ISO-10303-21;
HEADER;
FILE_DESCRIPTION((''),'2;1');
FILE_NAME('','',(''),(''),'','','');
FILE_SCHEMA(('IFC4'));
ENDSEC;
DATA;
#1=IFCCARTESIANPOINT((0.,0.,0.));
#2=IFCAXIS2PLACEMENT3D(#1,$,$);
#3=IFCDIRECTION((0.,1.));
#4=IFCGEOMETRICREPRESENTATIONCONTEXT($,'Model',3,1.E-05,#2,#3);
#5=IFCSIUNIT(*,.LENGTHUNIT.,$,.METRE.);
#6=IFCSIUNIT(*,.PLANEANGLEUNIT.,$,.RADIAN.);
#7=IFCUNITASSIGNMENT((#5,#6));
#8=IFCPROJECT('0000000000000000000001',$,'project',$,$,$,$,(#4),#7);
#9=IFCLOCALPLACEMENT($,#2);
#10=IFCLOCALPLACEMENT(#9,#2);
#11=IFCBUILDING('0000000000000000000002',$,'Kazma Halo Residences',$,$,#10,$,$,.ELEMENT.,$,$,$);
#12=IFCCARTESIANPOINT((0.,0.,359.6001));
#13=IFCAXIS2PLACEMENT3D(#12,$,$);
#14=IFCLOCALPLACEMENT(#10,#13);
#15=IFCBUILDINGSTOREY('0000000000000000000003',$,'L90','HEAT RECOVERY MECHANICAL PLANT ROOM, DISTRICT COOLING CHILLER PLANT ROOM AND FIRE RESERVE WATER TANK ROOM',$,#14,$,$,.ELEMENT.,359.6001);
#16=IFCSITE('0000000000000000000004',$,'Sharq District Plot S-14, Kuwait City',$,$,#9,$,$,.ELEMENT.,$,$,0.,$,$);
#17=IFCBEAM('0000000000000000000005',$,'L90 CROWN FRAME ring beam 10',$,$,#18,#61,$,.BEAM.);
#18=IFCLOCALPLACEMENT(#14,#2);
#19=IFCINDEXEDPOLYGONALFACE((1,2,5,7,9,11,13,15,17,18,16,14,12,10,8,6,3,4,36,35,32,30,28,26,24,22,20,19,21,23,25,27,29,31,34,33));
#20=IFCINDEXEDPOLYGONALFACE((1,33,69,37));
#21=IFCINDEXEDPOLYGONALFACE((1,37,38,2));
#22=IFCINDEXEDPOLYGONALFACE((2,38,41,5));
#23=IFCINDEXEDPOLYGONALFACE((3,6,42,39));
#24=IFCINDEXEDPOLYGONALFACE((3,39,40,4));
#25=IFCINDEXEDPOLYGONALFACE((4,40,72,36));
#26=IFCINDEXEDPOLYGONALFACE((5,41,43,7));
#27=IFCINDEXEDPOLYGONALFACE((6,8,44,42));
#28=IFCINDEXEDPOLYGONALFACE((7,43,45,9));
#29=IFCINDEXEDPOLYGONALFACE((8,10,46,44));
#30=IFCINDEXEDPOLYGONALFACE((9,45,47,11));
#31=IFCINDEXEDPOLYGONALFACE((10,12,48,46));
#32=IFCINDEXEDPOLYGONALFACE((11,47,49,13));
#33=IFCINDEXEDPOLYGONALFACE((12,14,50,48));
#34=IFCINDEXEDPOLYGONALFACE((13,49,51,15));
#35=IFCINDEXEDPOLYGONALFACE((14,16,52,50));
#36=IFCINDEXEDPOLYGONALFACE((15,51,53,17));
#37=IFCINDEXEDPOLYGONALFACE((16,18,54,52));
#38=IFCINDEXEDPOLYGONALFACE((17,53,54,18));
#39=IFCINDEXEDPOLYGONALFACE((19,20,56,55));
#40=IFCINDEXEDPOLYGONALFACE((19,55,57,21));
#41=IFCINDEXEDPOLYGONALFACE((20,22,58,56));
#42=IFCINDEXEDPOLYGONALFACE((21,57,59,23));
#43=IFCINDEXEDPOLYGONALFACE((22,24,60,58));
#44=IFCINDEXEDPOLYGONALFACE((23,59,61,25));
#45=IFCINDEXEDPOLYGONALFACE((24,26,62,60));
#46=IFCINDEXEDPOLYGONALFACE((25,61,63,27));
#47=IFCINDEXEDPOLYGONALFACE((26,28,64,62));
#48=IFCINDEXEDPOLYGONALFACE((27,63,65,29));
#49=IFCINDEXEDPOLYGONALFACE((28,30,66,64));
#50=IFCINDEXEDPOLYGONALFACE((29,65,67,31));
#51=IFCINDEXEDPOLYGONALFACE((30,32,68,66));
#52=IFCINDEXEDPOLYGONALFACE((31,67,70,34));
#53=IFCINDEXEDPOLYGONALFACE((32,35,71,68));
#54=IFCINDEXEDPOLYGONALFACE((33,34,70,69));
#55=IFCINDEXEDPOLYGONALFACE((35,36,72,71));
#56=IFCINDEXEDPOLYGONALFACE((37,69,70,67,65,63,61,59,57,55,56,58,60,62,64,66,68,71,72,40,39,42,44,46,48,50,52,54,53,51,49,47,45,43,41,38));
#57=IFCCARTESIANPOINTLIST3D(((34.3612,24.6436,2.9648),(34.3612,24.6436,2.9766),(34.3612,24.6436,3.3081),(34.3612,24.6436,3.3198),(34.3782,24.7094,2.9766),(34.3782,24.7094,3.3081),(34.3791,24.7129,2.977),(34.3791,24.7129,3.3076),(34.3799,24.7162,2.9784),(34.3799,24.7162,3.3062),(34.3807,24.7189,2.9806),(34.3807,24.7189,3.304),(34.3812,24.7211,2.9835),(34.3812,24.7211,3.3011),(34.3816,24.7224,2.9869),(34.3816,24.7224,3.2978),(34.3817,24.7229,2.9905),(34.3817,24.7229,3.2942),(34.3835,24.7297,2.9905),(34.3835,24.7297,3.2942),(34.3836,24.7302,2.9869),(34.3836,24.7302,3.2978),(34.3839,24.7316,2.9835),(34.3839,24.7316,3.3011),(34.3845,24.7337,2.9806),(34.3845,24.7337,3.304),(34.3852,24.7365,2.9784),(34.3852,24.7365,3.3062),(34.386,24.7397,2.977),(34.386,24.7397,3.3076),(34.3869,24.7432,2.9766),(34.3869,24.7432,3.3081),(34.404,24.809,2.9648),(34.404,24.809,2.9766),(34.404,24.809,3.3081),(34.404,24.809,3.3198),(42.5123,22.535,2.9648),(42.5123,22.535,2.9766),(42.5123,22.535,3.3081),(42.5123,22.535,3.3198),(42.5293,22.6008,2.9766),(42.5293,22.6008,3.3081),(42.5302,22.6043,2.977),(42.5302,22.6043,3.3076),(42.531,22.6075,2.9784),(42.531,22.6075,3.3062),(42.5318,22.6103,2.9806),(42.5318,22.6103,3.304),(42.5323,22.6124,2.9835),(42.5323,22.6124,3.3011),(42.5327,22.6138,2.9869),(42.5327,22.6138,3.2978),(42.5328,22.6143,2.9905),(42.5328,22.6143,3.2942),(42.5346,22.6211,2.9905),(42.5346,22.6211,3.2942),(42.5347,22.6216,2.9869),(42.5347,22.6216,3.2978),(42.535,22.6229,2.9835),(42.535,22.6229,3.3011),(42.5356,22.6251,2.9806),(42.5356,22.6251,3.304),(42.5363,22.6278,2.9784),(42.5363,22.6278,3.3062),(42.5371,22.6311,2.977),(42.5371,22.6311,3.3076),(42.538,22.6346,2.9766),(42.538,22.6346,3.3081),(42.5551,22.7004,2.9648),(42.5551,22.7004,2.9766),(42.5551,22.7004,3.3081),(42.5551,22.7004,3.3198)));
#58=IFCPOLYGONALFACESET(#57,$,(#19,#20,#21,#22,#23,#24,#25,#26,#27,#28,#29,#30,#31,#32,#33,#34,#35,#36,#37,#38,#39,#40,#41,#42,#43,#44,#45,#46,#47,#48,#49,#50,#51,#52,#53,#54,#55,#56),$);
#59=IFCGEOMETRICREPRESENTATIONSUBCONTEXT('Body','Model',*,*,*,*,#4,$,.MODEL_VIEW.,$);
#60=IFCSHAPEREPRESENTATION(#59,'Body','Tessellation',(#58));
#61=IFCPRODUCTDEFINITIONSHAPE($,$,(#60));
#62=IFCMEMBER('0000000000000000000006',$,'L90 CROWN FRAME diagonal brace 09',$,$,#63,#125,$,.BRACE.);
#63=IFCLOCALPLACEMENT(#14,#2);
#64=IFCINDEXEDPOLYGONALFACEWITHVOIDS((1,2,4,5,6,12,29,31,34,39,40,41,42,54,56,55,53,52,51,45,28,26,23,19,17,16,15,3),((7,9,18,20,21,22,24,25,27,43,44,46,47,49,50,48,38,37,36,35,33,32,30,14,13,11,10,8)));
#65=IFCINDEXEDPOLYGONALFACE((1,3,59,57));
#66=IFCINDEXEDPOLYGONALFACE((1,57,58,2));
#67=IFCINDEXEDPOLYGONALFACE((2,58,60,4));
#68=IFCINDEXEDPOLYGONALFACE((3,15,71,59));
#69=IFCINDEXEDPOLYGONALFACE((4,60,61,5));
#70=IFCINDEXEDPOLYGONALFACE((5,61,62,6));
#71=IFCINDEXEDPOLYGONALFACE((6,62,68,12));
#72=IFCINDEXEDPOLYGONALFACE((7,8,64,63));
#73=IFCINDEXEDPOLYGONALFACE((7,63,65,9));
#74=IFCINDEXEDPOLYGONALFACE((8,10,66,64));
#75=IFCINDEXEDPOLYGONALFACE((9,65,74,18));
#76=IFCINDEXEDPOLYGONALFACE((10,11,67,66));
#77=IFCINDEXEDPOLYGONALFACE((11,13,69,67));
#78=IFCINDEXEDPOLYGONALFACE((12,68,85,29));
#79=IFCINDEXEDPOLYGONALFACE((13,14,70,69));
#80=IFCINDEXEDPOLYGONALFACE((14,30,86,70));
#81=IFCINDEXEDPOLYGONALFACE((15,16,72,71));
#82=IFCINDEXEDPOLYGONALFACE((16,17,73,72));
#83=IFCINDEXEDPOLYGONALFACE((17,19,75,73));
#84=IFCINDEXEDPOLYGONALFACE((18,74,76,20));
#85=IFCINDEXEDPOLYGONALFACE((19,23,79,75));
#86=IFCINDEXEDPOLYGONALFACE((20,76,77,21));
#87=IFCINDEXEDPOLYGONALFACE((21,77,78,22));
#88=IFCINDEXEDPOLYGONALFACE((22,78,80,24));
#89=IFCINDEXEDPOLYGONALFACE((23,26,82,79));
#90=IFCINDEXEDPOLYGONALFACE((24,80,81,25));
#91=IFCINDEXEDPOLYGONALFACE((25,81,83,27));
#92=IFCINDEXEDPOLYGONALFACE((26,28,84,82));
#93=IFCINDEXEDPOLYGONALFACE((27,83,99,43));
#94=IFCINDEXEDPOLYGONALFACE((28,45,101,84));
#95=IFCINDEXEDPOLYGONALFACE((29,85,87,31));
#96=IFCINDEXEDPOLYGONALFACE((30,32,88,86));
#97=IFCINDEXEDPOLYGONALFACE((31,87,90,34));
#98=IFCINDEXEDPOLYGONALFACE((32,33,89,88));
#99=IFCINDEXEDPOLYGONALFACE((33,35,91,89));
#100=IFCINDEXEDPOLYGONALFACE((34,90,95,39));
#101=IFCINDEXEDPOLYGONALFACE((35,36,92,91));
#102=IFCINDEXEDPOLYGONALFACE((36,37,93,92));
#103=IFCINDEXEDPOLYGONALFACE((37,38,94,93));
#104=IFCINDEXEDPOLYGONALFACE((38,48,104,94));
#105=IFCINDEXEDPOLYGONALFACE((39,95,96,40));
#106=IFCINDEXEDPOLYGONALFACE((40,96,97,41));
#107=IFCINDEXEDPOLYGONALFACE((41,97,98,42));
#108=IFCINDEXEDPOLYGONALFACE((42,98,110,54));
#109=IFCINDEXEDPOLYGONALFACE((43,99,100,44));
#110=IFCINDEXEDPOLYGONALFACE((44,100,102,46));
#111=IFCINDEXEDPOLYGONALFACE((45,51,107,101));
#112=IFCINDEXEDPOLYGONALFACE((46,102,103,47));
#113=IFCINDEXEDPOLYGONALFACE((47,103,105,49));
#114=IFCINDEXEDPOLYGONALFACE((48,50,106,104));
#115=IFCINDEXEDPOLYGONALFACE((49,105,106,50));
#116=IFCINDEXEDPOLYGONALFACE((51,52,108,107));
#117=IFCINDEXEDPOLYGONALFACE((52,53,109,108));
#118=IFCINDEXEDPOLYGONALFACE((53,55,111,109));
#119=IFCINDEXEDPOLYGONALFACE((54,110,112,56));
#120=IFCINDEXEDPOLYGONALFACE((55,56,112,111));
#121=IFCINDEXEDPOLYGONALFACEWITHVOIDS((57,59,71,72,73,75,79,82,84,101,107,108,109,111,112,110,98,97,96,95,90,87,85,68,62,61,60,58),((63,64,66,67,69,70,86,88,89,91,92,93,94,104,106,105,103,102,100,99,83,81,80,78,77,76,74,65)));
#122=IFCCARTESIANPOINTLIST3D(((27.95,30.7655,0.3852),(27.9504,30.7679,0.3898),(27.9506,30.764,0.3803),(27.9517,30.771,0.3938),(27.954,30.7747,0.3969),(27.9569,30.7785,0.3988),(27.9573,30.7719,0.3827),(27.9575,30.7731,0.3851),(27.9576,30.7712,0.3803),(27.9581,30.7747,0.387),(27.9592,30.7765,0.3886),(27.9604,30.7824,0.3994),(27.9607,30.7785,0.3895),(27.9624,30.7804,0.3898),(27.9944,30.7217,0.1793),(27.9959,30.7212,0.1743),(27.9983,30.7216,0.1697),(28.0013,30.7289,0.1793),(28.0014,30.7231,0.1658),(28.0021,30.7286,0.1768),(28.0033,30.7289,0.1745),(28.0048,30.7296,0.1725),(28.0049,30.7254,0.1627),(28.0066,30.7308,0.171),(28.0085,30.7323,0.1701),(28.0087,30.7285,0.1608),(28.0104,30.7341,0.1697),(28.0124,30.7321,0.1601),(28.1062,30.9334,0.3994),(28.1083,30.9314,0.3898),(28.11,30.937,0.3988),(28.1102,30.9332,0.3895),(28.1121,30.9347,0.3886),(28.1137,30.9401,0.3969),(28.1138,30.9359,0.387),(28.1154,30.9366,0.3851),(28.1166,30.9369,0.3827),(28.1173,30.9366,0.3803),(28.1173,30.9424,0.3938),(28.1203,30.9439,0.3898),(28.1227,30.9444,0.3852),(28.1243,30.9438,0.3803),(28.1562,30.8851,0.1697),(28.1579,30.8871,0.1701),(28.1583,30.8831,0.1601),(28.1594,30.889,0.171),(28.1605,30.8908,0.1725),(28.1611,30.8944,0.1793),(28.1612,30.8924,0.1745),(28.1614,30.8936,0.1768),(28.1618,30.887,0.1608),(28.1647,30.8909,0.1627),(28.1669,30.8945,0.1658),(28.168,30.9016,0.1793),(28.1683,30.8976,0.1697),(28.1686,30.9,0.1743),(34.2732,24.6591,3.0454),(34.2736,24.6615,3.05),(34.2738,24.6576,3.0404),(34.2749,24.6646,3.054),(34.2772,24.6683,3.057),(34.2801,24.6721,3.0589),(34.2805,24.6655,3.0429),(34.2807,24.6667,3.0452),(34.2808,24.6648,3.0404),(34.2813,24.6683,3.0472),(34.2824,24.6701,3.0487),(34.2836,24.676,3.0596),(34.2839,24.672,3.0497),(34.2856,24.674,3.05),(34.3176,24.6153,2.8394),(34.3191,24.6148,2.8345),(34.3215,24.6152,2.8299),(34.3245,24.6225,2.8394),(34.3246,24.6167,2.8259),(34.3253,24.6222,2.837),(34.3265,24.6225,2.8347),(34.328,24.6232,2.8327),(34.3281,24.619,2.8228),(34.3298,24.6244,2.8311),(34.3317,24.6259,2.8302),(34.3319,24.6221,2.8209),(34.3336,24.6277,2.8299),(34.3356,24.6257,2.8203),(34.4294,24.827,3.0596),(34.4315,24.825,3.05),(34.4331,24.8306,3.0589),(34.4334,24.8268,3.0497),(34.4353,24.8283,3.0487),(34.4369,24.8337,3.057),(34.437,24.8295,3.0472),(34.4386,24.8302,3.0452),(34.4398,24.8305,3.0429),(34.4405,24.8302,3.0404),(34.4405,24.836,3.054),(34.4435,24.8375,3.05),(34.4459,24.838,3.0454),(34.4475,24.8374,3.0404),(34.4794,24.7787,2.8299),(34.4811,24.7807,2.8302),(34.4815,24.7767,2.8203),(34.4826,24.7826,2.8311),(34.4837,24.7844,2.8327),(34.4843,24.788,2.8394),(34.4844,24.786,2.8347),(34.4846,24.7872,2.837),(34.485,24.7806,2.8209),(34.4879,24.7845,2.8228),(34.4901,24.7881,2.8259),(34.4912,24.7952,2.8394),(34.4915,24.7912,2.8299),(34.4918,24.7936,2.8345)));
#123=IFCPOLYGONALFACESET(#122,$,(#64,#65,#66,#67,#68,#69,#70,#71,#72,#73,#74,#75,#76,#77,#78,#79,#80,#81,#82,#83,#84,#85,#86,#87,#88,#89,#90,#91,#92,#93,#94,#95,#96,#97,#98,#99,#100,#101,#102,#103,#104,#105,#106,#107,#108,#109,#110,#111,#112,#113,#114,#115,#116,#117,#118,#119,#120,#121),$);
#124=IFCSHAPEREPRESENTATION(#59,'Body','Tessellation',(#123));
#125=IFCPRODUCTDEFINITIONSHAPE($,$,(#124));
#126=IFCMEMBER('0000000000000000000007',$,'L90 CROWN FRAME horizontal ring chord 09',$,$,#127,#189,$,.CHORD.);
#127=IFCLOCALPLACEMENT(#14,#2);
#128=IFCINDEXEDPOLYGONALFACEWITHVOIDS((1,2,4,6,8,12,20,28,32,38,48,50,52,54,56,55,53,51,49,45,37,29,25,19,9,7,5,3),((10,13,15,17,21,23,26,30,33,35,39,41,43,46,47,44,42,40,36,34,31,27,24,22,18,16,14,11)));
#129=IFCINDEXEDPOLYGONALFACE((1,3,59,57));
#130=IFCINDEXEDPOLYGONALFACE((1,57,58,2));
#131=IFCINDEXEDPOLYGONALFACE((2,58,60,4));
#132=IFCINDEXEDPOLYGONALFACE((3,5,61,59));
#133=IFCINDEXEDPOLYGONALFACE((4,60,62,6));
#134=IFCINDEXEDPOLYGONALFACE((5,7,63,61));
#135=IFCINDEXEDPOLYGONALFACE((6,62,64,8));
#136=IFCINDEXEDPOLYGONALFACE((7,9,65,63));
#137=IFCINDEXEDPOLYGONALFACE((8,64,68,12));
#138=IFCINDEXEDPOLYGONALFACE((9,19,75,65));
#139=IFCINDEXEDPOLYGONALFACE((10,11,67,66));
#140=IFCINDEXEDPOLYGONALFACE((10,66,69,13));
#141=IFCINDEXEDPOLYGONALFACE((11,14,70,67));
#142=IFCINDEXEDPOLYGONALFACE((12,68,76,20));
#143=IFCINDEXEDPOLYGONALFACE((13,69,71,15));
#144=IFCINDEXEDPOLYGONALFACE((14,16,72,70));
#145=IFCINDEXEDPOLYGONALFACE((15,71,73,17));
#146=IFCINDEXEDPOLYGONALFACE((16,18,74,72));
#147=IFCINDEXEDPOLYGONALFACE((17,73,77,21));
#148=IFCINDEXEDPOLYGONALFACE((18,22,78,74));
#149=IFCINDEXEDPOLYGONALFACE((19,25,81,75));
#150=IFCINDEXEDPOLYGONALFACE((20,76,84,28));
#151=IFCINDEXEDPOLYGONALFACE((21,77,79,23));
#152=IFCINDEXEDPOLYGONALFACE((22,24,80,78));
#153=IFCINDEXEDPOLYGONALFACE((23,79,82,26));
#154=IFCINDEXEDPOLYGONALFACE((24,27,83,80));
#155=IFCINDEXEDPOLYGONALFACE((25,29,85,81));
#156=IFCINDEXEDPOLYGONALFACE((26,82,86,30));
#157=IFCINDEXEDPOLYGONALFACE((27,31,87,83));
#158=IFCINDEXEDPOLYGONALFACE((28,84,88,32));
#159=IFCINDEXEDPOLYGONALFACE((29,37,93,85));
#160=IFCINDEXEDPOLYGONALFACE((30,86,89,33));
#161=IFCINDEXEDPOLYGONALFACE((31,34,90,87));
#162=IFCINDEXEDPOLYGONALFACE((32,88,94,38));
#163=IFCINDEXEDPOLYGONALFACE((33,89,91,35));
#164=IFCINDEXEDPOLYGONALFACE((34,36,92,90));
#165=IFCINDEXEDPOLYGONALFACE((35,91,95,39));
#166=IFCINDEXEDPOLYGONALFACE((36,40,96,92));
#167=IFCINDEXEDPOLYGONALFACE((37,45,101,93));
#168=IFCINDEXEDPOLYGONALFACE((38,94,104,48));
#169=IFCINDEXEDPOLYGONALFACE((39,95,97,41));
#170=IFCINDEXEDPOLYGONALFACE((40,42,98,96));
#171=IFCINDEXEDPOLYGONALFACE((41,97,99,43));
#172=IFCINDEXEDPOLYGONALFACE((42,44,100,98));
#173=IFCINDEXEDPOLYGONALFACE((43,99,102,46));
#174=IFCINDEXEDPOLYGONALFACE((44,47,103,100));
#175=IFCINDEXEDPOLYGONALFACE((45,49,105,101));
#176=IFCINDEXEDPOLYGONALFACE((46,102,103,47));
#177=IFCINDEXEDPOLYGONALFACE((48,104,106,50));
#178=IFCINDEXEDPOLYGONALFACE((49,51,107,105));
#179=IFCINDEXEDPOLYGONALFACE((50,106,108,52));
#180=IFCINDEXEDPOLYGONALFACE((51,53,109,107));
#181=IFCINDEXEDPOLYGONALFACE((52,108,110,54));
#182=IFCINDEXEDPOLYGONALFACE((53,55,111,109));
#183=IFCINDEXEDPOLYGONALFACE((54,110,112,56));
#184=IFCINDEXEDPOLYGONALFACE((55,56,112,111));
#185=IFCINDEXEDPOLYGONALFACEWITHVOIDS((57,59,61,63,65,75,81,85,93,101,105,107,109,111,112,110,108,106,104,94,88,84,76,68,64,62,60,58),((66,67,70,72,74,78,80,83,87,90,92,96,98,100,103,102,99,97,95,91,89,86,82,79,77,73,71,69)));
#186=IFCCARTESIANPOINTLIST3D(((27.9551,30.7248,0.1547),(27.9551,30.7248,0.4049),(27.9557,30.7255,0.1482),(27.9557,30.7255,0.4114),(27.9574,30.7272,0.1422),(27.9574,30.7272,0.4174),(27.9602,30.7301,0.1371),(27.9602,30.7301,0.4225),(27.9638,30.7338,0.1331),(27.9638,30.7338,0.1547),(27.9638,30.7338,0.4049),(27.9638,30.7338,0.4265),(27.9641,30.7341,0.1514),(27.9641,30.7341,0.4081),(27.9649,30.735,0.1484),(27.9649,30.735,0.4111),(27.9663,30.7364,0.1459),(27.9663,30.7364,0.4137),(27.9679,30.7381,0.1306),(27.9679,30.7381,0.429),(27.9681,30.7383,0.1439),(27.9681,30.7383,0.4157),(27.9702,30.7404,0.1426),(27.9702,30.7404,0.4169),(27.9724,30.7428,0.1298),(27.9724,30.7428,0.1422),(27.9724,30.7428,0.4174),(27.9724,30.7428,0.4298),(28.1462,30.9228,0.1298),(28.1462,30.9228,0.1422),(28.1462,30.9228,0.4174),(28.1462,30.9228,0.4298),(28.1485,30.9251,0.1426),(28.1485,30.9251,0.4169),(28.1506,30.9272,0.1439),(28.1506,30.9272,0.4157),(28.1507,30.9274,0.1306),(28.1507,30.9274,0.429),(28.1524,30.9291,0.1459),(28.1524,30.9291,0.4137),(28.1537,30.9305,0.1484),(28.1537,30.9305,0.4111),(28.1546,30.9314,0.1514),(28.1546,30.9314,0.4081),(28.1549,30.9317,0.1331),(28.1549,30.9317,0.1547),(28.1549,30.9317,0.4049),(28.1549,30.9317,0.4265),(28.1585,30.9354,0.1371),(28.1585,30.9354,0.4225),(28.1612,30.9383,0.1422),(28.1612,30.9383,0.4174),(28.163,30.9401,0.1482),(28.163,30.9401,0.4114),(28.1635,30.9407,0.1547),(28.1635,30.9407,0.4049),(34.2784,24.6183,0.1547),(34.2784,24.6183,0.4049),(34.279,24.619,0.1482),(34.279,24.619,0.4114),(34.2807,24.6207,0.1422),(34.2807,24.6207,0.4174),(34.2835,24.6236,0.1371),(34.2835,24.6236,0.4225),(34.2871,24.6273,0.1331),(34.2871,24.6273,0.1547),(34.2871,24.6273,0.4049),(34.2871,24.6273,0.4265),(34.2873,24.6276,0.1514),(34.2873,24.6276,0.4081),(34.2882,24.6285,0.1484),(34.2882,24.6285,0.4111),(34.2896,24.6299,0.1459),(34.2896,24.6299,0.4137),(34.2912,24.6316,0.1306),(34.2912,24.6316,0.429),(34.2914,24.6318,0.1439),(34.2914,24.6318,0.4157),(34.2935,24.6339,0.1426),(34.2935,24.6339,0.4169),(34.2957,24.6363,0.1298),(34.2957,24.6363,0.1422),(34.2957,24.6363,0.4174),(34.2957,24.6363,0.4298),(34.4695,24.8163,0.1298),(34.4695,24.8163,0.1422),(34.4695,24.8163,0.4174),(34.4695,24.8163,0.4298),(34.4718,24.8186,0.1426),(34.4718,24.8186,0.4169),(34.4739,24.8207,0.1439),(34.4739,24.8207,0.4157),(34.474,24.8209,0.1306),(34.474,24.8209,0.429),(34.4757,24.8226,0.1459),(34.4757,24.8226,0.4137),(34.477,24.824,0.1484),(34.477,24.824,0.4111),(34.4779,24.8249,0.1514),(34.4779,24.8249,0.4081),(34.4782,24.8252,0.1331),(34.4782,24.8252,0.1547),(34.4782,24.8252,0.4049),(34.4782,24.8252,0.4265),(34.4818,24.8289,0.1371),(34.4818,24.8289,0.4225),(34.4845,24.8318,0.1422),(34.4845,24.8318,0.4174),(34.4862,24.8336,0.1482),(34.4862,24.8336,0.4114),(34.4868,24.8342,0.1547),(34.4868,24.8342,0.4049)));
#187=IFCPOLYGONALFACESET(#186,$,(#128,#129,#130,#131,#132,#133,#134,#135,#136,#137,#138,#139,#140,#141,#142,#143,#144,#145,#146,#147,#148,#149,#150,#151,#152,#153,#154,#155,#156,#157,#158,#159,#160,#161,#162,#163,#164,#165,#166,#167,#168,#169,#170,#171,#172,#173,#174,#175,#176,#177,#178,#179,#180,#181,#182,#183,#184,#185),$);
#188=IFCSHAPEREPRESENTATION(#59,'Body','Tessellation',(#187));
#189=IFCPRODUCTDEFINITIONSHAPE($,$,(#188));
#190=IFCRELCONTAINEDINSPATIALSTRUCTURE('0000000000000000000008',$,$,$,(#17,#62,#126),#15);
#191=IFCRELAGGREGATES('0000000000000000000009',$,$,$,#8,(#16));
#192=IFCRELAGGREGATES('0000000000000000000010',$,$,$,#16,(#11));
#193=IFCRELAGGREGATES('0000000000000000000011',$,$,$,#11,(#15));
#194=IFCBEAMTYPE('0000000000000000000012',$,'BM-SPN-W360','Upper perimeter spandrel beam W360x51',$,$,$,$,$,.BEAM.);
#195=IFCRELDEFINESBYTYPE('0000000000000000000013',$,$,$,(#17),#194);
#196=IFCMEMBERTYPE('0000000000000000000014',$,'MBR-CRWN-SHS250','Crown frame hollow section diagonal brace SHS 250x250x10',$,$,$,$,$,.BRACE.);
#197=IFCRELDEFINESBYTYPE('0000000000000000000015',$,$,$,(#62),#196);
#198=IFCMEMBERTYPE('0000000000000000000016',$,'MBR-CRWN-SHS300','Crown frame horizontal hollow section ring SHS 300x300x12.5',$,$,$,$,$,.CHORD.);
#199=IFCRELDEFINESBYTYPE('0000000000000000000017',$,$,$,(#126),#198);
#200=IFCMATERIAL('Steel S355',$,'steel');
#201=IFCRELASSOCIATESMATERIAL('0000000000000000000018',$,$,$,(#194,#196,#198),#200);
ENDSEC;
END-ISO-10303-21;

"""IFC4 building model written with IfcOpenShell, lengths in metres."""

from ifc_helpers import new_model, si_unit, direction, frame, origin, origin_2d, place, context, subcontext, project, spatial, hollow_rectangle, i_section, extrude, material, material_profile, profile_set, type_object, element, save


model = new_model("IFC4")

# Units and contexts
model_context = context("Model", 3, precision=1e-05, world=origin(), true_north=direction((0.0, 1.0)))
body_context = subcontext(model_context, "Body", "Model", "MODEL_VIEW")
ifc_project = project(units=[si_unit("LENGTHUNIT", "METRE"), si_unit("PLANEANGLEUNIT", "RADIAN")], contexts=[model_context])

# Site, building, storey
site_placement = place(None, origin())
site = spatial("IfcSite", under=ifc_project, at=site_placement, Name="Sharq District Plot S-14, Kuwait City", CompositionType="ELEMENT", RefElevation=0.0)
building_placement = place(site_placement, origin())
building = spatial("IfcBuilding", under=site, at=building_placement, Name="Kazma Halo Residences", CompositionType="ELEMENT")
storey_placement = place(building_placement, frame((0.0, 0.0, 359.6001)))
storey = spatial("IfcBuildingStorey", under=building, at=storey_placement, Name="L90", Description="HEAT RECOVERY MECHANICAL PLANT ROOM, DISTRICT COOLING CHILLER PLANT ROOM AND FIRE RESERVE WATER TANK ROOM", CompositionType="ELEMENT", Elevation=359.6001)

# Shared definitions
ifc_material_1 = material(Name="Steel S355", Category="steel")

# Beam
ifc_material_profile_1 = material_profile(ifc_material_1, i_section(OverallWidth=0.1709, OverallDepth=0.355, WebThickness=0.0071, FlangeThickness=0.0117, FilletRadius=0.0139, at=origin_2d()), Name="W360x51")
ifc_profile_set_1 = profile_set([ifc_material_profile_1], Name="Steel S355")
beam_type_1 = type_object("IfcBeamType", Name="BM-SPN-W360", Description="Upper perimeter spandrel beam W360x51", PredefinedType="BEAM", material=ifc_profile_set_1)
beam_1_placement = place(storey_placement, frame((34.3826, 24.7263, 3.1423), z_axis=(0.96813, -0.250449, 0.0), x_axis=(0.250449, 0.96813, 0.0)))
element("IfcBeam", 1, at=beam_1_placement, inside=storey, type_object=beam_type_1, Name="L90 CROWN FRAME ring beam 10", PredefinedType="BEAM", context=body_context, shape_type="SweptSolid", body=[
    extrude(i_section(OverallWidth=0.1709, OverallDepth=0.355, WebThickness=0.0071, FlangeThickness=0.0117, FilletRadius=0.0139, at=origin_2d()), origin(), (0.0, 0.0, 1.0), 8.4194),
])

# Members
ifc_material_profile_2 = material_profile(ifc_material_1, hollow_rectangle(XDim=0.25, YDim=0.25, WallThickness=0.01, InnerFilletRadius=0.01, OuterFilletRadius=0.02, at=origin_2d()), Name="SHS250x250x10")
ifc_profile_set_2 = profile_set([ifc_material_profile_2], Name="Steel S355")
member_type_1 = type_object("IfcMemberType", Name="MBR-CRWN-SHS250", Description="Crown frame hollow section diagonal brace SHS 250x250x10", PredefinedType="BRACE", material=ifc_profile_set_2)
member_1_placement = place(storey_placement, frame((28.0593, 30.8328, 0.2798), z_axis=(0.688496, -0.66489, 0.289647), x_axis=(0.694668, 0.719331, 0.0)))
element("IfcMember", 2, at=member_1_placement, inside=storey, type_object=member_type_1, Name="L90 CROWN FRAME diagonal brace 09", PredefinedType="BRACE", context=body_context, shape_type="SweptSolid", body=[
    extrude(hollow_rectangle(XDim=0.25, YDim=0.25, WallThickness=0.01, InnerFilletRadius=0.01, OuterFilletRadius=0.02, at=origin_2d()), origin(), (0.0, 0.0, 1.0), 9.1841),
])
ifc_material_profile_3 = material_profile(ifc_material_1, hollow_rectangle(XDim=0.3, YDim=0.3, WallThickness=0.0125, InnerFilletRadius=0.0125, OuterFilletRadius=0.0249, at=origin_2d()), Name="SHS300x300x12.5")
ifc_profile_set_3 = profile_set([ifc_material_profile_3], Name="Steel S355")
member_type_2 = type_object("IfcMemberType", Name="MBR-CRWN-SHS300", Description="Crown frame horizontal hollow section ring SHS 300x300x12.5", PredefinedType="CHORD", material=ifc_profile_set_3)
member_2_placement = place(storey_placement, frame((28.0593, 30.8328, 0.2798), z_axis=(0.719331, -0.694668, 0.0), x_axis=(0.694668, 0.719331, 0.0)))
element("IfcMember", 3, at=member_2_placement, inside=storey, type_object=member_type_2, Name="L90 CROWN FRAME horizontal ring chord 09", PredefinedType="CHORD", context=body_context, shape_type="SweptSolid", body=[
    extrude(hollow_rectangle(XDim=0.3, YDim=0.3, WallThickness=0.0125, InnerFilletRadius=0.0125, OuterFilletRadius=0.0249, at=origin_2d()), origin(), (0.0, 0.0, 1.0), 8.7905),
])

save(model, "model.ifc")
